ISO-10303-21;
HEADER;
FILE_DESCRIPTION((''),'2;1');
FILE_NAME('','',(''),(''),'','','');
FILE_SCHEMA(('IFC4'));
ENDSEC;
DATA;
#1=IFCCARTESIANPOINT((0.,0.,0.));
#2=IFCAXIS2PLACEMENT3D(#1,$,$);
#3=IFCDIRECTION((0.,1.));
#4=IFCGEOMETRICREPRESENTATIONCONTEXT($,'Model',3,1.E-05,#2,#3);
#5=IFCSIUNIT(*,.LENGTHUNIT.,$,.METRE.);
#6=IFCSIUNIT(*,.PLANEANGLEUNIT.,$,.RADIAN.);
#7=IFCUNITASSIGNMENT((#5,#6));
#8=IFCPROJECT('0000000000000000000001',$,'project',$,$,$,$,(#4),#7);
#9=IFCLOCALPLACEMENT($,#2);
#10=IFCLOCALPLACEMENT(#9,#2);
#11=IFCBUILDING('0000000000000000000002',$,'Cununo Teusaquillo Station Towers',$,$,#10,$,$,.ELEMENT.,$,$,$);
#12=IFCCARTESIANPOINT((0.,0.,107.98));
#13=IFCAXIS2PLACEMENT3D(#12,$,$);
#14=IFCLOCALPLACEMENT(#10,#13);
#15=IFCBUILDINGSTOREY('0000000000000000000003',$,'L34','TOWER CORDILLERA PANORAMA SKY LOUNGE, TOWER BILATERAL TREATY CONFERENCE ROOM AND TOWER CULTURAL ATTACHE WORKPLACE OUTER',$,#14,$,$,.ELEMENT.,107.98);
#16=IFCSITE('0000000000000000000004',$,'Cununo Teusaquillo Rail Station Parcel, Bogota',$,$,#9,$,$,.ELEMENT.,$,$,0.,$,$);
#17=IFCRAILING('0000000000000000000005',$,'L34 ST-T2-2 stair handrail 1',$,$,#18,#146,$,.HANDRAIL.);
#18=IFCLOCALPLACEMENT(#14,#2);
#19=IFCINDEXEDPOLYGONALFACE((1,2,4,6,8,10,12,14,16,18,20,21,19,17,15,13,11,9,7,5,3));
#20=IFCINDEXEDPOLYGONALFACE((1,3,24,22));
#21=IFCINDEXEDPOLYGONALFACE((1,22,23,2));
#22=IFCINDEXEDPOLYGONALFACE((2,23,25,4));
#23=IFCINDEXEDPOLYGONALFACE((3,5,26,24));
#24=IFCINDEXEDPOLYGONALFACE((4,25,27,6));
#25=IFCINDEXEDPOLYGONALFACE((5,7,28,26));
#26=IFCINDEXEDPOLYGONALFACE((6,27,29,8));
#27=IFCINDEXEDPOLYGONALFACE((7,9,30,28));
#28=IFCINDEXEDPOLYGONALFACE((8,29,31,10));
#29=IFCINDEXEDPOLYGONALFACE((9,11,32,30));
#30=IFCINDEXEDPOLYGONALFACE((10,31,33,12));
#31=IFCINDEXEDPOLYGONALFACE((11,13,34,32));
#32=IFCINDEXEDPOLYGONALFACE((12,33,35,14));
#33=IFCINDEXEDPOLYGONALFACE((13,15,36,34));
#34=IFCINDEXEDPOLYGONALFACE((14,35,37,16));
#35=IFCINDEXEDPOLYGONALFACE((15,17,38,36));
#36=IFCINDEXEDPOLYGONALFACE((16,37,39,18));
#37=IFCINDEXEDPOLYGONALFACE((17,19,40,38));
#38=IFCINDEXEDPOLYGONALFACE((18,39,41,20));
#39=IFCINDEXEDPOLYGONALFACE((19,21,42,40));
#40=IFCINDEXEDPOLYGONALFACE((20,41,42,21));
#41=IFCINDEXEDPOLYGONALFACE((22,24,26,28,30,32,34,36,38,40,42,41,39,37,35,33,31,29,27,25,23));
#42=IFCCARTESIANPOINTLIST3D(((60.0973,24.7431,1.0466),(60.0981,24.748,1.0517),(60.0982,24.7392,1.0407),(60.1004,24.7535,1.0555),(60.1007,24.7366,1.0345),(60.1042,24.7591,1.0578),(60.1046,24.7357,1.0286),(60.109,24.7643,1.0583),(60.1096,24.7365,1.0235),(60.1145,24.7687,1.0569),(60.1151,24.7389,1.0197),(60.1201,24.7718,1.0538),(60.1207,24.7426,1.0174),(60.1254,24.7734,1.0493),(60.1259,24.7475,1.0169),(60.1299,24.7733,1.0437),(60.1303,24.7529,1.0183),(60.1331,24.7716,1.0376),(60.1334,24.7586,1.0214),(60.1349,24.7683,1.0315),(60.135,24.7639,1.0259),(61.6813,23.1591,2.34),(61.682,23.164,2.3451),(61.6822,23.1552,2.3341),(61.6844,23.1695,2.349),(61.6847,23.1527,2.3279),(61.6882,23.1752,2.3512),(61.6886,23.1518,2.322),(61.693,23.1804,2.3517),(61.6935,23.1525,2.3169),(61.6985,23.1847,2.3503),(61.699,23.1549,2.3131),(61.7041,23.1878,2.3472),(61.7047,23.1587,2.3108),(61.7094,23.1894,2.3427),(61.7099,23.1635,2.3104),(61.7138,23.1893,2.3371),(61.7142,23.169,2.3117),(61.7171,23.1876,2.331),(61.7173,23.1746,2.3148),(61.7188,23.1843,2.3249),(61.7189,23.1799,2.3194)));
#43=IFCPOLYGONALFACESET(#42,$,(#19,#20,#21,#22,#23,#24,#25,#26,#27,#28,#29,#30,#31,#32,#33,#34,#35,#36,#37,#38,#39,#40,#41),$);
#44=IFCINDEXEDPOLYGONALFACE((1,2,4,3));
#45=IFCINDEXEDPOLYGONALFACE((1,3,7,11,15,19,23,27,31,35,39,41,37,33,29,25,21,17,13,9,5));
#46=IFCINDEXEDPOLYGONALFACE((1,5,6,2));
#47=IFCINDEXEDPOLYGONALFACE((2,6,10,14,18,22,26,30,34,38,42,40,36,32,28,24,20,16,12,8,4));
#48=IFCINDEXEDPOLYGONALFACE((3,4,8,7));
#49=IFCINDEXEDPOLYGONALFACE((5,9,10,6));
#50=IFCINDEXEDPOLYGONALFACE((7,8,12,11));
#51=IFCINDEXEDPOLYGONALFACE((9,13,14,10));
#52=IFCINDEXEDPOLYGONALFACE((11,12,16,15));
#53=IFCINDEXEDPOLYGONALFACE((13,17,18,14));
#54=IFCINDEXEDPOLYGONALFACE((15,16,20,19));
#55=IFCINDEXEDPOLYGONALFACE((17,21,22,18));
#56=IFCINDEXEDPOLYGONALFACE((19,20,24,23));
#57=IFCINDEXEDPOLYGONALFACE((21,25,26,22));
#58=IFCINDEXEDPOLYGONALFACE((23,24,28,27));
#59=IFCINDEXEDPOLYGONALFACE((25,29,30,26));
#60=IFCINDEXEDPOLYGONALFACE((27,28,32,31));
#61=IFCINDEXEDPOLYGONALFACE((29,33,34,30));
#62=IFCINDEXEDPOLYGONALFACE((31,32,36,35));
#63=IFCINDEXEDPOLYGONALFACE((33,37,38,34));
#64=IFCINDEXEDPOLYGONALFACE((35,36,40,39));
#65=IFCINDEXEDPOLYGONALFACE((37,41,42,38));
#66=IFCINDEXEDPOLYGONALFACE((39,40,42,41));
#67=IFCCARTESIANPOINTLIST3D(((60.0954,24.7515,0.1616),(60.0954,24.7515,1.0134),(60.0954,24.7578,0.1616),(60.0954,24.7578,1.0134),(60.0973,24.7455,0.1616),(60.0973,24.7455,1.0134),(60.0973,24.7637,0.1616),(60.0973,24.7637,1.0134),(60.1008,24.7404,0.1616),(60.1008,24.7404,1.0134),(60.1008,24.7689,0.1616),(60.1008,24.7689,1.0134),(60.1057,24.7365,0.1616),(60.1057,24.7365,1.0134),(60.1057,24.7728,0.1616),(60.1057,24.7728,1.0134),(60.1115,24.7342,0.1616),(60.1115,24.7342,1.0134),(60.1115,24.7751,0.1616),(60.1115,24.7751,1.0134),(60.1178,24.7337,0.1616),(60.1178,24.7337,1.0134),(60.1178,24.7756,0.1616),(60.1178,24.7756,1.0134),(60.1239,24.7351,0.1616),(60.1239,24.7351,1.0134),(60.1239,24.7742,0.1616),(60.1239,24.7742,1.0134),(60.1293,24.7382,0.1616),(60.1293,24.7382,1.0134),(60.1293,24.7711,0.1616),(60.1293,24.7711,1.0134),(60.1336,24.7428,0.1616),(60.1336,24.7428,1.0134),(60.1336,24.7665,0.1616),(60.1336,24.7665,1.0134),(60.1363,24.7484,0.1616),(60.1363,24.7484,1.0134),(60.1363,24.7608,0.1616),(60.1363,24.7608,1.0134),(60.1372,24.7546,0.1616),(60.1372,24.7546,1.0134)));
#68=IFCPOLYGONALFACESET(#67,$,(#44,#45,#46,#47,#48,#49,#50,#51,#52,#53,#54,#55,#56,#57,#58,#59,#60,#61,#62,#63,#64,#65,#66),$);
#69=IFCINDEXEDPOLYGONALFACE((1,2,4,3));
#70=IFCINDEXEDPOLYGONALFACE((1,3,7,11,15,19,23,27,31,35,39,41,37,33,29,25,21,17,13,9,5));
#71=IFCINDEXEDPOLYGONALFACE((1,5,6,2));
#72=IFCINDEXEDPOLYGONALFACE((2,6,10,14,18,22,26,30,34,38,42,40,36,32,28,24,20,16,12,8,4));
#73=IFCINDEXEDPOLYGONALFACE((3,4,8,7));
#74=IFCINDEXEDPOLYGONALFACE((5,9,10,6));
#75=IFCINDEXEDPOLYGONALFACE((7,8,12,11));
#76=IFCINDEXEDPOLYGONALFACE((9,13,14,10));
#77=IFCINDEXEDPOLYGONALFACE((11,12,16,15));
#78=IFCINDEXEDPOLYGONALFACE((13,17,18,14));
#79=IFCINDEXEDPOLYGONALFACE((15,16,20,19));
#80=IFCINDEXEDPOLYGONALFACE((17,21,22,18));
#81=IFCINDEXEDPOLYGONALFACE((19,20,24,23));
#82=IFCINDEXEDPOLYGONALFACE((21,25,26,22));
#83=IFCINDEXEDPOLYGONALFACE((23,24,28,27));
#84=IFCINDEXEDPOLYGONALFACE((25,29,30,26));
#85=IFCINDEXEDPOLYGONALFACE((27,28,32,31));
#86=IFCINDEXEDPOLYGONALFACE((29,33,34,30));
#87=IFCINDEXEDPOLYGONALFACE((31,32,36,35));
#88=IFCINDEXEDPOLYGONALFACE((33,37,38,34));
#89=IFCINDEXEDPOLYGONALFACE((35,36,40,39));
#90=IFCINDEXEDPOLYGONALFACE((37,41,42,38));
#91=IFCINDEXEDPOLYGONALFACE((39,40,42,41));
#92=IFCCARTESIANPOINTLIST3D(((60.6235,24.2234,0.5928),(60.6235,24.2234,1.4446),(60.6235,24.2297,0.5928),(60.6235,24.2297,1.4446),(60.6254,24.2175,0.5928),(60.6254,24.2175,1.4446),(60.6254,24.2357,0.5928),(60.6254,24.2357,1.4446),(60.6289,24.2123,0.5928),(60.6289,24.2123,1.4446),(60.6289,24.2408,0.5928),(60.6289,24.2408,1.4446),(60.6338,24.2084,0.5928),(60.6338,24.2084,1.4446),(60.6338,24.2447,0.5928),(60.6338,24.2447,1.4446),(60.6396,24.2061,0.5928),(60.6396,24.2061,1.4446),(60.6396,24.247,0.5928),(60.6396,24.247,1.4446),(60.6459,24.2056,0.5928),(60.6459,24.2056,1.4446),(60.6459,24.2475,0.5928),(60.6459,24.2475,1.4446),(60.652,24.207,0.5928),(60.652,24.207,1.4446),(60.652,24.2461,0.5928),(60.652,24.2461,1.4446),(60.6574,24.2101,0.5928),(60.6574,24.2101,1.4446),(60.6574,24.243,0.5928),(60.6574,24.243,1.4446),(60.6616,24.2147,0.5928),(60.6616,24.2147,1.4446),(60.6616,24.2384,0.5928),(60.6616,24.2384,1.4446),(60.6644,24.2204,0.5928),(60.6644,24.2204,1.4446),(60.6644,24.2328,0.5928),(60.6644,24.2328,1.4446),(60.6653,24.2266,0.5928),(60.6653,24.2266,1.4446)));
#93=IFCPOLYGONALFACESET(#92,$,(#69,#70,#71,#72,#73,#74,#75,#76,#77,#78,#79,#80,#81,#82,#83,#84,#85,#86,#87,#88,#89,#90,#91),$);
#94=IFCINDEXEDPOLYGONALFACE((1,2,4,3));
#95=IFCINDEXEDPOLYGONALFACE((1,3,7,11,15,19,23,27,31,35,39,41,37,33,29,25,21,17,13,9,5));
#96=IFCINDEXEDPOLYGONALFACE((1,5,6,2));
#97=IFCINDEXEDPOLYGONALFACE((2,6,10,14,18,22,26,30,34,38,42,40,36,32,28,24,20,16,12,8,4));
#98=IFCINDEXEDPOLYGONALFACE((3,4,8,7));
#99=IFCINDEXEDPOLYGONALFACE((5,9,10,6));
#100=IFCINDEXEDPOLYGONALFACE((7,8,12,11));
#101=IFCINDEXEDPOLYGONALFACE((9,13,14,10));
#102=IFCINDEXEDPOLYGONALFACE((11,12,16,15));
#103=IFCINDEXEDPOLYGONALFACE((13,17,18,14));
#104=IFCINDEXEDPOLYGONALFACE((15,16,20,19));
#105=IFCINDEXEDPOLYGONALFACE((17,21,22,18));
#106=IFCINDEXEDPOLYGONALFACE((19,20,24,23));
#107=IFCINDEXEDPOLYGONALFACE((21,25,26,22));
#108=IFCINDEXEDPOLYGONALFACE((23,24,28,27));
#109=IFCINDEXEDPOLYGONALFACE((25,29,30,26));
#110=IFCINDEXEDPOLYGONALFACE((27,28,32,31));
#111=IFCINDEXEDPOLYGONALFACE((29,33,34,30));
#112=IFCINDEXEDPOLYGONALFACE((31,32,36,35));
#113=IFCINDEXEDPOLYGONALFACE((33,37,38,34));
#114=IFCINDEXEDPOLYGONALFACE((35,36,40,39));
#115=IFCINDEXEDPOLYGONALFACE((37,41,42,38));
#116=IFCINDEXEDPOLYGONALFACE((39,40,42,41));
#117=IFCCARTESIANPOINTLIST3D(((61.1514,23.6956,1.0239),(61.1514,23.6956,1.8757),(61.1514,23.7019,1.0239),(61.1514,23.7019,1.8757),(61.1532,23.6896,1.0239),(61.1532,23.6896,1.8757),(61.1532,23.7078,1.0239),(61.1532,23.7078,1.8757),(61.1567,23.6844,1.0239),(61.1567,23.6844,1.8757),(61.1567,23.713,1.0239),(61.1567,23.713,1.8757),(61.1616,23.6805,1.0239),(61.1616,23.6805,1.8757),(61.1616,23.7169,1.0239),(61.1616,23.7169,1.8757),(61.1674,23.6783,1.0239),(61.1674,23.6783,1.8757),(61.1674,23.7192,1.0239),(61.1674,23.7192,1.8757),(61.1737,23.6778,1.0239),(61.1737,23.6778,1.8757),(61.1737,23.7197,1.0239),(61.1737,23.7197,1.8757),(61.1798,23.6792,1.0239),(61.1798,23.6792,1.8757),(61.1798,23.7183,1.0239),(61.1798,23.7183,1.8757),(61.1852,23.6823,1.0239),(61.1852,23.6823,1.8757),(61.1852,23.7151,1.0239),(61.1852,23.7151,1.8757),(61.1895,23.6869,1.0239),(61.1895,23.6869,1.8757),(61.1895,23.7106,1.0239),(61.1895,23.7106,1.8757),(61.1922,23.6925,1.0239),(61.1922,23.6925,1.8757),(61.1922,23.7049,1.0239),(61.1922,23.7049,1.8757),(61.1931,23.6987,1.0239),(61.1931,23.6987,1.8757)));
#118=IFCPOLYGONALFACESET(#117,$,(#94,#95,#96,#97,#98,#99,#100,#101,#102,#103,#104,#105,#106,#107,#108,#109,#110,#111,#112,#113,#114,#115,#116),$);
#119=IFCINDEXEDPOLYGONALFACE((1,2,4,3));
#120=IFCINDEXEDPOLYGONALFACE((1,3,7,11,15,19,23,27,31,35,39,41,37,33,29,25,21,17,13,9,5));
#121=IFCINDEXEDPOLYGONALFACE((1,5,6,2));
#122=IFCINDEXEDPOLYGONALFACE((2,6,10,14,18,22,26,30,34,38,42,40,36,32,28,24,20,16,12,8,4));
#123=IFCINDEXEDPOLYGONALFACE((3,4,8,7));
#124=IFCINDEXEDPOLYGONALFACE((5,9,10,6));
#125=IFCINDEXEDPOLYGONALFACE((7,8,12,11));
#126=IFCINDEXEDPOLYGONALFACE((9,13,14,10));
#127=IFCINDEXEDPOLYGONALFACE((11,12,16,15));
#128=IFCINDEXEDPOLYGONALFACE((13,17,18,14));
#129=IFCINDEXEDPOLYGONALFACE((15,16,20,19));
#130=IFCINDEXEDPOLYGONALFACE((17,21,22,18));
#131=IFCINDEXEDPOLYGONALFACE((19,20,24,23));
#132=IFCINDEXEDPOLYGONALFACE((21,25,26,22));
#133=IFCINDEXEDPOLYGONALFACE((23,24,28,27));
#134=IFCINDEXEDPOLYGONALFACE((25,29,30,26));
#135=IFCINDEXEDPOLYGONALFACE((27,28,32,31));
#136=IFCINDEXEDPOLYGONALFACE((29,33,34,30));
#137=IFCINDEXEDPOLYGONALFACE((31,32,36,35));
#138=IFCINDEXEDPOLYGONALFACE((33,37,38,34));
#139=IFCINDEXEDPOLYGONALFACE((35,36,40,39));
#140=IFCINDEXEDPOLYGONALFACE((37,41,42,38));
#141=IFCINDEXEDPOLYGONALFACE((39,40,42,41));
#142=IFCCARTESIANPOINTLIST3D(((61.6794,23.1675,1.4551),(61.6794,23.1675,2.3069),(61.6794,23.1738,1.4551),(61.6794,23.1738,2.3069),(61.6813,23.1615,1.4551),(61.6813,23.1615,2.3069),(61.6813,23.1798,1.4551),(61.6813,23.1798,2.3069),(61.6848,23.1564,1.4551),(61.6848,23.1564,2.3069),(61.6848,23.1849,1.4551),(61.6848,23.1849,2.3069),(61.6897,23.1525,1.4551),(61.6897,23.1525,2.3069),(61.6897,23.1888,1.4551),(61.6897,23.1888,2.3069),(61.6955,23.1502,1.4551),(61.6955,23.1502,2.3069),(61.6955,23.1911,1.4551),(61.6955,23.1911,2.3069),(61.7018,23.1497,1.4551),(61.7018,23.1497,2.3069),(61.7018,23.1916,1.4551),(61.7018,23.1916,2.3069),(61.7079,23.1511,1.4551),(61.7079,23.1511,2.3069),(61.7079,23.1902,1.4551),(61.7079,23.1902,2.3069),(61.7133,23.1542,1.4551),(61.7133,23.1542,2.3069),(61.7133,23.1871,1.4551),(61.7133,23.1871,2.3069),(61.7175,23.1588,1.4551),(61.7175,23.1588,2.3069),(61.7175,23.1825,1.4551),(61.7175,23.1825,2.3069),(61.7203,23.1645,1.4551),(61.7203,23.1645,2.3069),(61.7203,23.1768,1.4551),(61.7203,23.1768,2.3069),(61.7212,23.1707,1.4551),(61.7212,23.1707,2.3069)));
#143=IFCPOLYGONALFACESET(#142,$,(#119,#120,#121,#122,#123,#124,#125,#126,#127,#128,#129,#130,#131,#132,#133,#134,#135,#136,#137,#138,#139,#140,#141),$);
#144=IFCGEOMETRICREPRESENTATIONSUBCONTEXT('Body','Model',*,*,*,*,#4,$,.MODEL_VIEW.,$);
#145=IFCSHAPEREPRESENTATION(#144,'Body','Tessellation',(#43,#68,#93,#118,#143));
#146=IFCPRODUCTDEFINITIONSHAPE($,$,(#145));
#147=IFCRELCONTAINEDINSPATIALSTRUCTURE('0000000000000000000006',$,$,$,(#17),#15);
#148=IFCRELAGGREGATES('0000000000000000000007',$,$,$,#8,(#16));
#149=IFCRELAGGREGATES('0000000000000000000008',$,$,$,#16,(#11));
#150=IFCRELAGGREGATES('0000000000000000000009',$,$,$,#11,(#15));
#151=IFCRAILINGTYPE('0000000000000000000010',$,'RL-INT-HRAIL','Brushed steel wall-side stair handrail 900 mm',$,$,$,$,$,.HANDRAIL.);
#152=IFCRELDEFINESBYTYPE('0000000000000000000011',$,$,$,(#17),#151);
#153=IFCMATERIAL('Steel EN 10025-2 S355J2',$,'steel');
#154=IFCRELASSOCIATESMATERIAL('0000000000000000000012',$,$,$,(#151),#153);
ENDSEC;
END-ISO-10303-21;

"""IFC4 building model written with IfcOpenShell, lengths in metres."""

from ifc_helpers import new_model, si_unit, direction, frame, origin, origin_2d, place, context, subcontext, project, spatial, circle, extrude, material, type_object, element, save


model = new_model("IFC4")

# Units and contexts
model_context = context("Model", 3, precision=1e-05, world=origin(), true_north=direction((0.0, 1.0)))
body_context = subcontext(model_context, "Body", "Model", "MODEL_VIEW")
ifc_project = project(units=[si_unit("LENGTHUNIT", "METRE"), si_unit("PLANEANGLEUNIT", "RADIAN")], contexts=[model_context])

# Site, building, storey
site_placement = place(None, origin())
site = spatial("IfcSite", under=ifc_project, at=site_placement, Name="Cununo Teusaquillo Rail Station Parcel, Bogota", CompositionType="ELEMENT", RefElevation=0.0)
building_placement = place(site_placement, origin())
building = spatial("IfcBuilding", under=site, at=building_placement, Name="Cununo Teusaquillo Station Towers", CompositionType="ELEMENT")
storey_placement = place(building_placement, frame((0.0, 0.0, 107.98)))
storey = spatial("IfcBuildingStorey", under=building, at=storey_placement, Name="L34", Description="TOWER CORDILLERA PANORAMA SKY LOUNGE, TOWER BILATERAL TREATY CONFERENCE ROOM AND TOWER CULTURAL ATTACHE WORKPLACE OUTER", CompositionType="ELEMENT", Elevation=107.98)

# Railing
ifc_material_1 = material(Name="Steel EN 10025-2 S355J2", Category="steel")
railing_type_1 = type_object("IfcRailingType", Name="RL-INT-HRAIL", Description="Brushed steel wall-side stair handrail 900 mm", PredefinedType="HANDRAIL", material=ifc_material_1)
railing_1_placement = place(storey_placement, frame((60.1162, 24.7546, 0.1616)))
element("IfcRailing", 1, at=railing_1_placement, inside=storey, type_object=railing_type_1, Name="L34 ST-T2-2 stair handrail 1", PredefinedType="HANDRAIL", context=body_context, shape_type="SweptSolid", body=[
    extrude(circle(Radius=0.0239, at=origin_2d()), frame((0.0, 0.0, 0.876), z_axis=(0.612356, -0.612356, 0.50004), x_axis=(0.707107, 0.707107, 0.0)), (0.0, 0.0, 1.0), 2.5867),
    extrude(circle(Radius=0.021, at=origin_2d()), origin(), (0.0, 0.0, 1.0), 0.8518),
    extrude(circle(Radius=0.021, at=origin_2d()), frame((0.5281, -0.5281, 0.4312)), (0.0, 0.0, 1.0), 0.8518),
    extrude(circle(Radius=0.021, at=origin_2d()), frame((1.0559, -1.0559, 0.8623)), (0.0, 0.0, 1.0), 0.8518),
    extrude(circle(Radius=0.021, at=origin_2d()), frame((1.584, -1.584, 1.2935)), (0.0, 0.0, 1.0), 0.8518),
])

save(model, "model.ifc")
